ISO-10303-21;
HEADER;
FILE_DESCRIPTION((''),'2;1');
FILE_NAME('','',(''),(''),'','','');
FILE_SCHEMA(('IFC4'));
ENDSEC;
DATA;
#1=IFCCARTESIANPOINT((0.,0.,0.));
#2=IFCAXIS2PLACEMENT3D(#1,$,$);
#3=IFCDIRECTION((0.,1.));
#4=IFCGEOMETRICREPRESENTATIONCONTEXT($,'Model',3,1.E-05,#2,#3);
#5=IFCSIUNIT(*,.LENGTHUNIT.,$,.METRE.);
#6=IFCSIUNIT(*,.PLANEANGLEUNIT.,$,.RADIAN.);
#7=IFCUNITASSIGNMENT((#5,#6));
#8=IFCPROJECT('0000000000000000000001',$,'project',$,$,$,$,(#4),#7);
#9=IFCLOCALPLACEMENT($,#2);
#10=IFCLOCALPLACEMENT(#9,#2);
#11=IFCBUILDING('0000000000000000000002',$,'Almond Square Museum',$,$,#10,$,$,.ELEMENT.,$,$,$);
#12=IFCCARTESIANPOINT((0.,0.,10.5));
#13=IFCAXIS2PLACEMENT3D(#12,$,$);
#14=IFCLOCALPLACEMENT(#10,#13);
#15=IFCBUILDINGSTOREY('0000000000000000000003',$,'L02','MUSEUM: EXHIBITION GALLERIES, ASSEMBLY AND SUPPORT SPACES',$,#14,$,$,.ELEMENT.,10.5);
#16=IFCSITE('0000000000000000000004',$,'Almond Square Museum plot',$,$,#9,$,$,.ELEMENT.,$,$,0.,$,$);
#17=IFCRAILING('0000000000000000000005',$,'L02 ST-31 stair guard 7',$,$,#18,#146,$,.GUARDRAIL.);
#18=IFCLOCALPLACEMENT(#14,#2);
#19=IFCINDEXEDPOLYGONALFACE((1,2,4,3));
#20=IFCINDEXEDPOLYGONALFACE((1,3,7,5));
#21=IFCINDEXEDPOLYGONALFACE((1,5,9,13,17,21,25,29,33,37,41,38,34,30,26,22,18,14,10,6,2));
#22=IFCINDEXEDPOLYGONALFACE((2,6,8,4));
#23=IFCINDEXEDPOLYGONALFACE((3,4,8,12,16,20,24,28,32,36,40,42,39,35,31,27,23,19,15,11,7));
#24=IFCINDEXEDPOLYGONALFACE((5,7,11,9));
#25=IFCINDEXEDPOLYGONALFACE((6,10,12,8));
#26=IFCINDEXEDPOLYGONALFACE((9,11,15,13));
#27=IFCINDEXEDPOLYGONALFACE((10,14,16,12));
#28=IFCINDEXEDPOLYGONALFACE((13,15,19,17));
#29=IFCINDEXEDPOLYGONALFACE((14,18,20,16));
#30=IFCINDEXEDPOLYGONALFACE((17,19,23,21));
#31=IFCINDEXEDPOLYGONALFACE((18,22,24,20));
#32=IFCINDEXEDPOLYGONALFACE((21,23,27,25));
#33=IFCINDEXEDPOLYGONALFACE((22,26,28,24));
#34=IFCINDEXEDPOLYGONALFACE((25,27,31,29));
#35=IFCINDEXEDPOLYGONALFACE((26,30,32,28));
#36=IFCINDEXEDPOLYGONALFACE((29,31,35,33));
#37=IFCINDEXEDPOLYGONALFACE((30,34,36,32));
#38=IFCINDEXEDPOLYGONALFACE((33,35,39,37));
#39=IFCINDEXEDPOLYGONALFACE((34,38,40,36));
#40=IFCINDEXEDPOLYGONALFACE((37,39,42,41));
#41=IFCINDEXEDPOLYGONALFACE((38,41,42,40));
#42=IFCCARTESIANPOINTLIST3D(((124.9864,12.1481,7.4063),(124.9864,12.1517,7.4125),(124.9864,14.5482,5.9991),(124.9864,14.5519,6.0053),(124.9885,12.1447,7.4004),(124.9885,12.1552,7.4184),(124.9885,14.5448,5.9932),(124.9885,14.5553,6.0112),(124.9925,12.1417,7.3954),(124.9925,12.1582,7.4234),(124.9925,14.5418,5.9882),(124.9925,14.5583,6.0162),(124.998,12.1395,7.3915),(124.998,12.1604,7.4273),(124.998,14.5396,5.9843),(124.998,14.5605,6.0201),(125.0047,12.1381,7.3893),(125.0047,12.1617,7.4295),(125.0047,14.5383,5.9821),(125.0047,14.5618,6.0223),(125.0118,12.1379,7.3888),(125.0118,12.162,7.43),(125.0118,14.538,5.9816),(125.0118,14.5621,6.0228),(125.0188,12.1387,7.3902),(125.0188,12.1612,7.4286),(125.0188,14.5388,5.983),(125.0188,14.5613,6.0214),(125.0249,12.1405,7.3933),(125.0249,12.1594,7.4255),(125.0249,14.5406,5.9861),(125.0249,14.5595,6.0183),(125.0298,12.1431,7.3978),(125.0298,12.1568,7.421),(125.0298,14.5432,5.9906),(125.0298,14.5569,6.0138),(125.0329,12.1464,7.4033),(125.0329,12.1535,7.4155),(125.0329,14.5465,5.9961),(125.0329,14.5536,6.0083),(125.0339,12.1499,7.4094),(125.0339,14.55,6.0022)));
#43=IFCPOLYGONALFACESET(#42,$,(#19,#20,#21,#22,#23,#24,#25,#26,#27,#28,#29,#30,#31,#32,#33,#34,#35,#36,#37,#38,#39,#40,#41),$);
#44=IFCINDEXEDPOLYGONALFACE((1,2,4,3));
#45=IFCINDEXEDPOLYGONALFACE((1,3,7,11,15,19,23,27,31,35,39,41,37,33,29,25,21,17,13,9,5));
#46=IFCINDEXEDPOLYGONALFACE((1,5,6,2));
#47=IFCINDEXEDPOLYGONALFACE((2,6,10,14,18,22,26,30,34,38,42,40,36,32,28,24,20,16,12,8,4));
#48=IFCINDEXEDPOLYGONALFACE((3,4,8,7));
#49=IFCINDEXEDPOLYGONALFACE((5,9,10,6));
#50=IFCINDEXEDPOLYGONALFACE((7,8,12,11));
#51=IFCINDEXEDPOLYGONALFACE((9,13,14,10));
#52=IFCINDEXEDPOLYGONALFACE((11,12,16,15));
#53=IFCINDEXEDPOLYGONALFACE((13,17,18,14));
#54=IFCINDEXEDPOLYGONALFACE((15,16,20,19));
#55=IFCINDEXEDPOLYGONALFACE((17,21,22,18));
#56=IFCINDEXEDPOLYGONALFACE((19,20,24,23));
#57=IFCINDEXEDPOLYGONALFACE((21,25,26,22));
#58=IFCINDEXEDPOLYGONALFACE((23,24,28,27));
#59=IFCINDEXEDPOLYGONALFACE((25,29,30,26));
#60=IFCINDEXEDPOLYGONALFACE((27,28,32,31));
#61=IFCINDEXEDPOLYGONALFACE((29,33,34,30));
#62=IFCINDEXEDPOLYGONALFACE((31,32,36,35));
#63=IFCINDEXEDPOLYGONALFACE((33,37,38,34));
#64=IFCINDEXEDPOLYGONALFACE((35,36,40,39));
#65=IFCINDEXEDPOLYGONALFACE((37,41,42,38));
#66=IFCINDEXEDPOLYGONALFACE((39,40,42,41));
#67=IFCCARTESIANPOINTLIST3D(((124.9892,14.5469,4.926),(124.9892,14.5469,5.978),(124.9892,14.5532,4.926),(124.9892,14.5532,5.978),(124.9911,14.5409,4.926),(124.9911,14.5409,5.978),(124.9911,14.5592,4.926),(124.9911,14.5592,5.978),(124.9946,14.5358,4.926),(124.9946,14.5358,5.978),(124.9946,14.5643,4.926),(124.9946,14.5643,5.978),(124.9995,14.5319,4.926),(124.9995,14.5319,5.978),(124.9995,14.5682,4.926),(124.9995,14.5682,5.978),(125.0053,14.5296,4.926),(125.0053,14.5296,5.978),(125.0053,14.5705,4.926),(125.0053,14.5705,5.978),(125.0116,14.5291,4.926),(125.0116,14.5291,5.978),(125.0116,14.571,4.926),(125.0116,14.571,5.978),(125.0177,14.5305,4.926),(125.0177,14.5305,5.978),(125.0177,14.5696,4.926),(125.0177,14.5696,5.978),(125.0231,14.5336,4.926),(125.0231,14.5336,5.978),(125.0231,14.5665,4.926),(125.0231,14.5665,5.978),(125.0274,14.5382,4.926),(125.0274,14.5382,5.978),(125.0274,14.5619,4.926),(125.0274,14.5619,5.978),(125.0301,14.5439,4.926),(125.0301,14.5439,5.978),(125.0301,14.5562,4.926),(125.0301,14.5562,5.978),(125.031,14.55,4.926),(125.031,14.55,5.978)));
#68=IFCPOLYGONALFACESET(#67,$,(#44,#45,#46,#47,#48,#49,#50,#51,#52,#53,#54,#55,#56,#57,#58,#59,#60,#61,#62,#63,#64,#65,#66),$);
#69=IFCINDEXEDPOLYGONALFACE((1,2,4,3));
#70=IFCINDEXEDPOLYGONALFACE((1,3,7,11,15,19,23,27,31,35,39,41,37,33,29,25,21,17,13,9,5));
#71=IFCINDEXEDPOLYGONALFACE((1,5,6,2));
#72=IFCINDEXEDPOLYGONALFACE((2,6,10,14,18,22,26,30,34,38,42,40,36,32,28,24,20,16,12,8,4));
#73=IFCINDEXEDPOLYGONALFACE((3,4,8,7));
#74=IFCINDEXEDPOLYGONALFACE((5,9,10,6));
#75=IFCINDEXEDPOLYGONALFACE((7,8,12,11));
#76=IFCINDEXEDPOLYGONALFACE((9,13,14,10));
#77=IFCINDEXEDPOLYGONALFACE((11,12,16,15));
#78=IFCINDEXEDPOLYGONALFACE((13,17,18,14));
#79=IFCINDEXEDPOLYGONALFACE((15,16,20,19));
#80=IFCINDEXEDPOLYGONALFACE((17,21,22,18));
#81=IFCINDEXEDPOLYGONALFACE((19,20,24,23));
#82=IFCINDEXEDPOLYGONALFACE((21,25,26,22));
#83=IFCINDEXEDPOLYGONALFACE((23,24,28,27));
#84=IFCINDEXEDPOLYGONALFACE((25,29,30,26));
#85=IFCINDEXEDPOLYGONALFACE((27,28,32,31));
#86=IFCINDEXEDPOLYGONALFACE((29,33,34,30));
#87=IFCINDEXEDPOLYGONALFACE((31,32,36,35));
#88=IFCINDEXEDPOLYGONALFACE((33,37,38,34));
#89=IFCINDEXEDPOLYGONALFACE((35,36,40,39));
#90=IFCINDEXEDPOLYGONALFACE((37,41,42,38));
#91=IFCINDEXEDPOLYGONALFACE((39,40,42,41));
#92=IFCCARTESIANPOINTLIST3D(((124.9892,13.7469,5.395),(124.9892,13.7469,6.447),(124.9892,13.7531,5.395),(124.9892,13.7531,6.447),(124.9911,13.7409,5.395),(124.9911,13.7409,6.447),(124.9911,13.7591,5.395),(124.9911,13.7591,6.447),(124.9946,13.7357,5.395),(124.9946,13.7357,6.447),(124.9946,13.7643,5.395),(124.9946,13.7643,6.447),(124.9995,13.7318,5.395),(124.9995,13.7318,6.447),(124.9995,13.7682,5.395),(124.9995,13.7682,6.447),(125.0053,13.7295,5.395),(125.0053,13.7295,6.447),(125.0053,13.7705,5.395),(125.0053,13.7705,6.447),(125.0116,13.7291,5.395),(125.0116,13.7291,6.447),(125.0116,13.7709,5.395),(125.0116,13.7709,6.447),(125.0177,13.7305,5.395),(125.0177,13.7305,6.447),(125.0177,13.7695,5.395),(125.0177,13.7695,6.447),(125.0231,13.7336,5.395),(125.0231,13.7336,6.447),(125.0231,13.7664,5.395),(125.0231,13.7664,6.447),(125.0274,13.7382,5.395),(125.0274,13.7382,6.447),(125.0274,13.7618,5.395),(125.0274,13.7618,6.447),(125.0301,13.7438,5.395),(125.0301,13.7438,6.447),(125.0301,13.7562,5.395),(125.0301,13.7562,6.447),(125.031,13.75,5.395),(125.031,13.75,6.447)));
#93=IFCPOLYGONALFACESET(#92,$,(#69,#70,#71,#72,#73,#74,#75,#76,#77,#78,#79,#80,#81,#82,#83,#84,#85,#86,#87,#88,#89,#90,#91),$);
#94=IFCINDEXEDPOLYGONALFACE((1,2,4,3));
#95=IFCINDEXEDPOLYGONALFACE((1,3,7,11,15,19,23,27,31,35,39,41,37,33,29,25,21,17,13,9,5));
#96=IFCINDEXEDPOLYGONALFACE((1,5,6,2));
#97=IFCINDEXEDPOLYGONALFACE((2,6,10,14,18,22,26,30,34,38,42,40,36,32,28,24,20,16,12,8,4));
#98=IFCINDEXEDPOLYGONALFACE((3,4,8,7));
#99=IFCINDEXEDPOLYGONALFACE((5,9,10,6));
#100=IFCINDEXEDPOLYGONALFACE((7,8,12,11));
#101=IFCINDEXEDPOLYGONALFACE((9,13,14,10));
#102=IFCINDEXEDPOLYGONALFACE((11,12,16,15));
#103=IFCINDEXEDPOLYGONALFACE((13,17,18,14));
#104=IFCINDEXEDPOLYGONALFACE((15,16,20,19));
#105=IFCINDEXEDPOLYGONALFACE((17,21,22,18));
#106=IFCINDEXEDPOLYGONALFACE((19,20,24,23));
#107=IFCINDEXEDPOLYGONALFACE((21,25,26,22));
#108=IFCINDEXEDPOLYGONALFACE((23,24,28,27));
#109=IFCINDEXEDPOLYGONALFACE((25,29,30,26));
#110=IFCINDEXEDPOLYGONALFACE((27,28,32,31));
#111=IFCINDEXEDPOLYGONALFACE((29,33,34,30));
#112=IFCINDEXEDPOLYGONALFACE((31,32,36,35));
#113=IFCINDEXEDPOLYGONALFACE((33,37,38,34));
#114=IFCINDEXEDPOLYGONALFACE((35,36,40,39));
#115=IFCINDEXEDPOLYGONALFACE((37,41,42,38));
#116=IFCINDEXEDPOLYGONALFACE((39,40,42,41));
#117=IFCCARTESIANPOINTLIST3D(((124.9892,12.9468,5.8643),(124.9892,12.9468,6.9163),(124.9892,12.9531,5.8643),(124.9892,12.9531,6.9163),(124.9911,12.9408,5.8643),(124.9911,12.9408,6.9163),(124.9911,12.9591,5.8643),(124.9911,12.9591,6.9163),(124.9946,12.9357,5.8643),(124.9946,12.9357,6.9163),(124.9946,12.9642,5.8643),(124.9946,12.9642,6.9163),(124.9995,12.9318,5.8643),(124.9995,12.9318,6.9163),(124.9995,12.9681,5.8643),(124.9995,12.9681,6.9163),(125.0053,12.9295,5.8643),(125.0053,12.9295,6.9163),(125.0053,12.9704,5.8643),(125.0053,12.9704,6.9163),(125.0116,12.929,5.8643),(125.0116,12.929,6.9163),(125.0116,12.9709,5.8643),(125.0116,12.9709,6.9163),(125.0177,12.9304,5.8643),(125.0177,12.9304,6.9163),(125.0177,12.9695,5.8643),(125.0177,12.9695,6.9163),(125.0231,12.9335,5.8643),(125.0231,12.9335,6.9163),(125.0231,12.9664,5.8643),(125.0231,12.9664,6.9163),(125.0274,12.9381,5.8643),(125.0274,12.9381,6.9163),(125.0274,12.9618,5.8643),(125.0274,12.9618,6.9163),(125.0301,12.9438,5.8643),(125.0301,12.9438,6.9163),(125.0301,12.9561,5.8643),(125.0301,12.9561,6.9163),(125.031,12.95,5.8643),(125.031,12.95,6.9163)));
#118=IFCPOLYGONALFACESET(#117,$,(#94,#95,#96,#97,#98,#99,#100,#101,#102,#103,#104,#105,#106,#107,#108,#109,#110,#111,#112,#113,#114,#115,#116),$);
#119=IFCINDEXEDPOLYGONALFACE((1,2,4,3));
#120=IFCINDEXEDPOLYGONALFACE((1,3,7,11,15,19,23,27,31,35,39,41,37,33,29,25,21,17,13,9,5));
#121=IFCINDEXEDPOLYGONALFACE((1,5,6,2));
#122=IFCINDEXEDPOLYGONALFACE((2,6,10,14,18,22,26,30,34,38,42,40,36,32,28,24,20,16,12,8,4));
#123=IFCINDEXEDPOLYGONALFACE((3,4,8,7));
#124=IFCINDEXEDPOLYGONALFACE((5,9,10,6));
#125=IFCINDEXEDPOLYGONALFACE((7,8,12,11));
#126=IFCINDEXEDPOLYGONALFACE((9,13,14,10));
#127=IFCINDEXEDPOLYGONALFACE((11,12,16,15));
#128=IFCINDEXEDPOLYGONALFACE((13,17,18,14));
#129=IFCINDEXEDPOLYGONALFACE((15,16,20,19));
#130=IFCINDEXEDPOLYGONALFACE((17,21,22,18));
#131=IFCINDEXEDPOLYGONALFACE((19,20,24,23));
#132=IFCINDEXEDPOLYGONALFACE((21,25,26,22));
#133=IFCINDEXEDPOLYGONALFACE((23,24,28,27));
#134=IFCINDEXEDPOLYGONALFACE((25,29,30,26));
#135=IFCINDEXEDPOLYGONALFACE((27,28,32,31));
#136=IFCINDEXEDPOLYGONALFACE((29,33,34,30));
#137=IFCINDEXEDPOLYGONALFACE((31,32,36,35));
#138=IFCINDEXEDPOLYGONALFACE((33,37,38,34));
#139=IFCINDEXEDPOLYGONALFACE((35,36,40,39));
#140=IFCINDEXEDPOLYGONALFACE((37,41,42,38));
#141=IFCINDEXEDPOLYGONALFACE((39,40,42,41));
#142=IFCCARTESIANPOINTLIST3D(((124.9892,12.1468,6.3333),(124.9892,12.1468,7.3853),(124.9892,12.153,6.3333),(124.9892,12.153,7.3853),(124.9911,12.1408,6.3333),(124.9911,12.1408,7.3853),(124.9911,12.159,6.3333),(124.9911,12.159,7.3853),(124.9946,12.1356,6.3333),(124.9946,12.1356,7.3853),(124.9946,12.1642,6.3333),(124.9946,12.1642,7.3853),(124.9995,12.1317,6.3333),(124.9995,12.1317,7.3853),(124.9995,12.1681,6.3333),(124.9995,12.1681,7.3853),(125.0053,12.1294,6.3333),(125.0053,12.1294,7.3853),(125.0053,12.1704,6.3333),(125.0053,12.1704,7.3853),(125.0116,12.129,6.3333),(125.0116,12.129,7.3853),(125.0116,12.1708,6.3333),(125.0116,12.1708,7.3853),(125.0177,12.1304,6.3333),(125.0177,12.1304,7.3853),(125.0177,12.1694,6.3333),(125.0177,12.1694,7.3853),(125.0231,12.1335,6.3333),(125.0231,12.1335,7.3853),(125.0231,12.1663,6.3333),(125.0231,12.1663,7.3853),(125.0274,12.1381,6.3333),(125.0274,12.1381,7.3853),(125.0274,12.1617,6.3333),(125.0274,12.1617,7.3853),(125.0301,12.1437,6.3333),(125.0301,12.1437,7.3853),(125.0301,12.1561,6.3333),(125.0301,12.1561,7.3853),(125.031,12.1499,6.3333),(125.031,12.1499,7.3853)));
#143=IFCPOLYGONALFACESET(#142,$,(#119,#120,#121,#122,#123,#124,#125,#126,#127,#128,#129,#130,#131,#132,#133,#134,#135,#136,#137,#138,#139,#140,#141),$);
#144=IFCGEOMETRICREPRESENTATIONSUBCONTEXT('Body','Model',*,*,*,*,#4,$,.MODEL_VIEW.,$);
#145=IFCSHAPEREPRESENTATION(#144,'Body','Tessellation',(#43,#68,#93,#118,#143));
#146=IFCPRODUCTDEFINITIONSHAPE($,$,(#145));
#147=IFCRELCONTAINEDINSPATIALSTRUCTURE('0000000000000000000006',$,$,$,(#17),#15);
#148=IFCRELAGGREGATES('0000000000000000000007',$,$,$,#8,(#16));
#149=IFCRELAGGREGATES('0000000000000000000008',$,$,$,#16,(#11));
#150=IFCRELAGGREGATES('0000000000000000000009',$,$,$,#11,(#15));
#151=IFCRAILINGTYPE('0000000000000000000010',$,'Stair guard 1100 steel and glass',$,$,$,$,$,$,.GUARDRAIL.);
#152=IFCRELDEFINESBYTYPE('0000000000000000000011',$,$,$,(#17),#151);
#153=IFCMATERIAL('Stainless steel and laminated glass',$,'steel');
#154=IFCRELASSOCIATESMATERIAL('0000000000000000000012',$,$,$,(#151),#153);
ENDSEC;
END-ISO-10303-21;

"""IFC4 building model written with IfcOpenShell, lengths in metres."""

from ifc_helpers import new_model, si_unit, direction, frame, origin, origin_2d, place, context, subcontext, project, spatial, circle, extrude, material, type_object, element, save


model = new_model("IFC4")

# Units and contexts
model_context = context("Model", 3, precision=1e-05, world=origin(), true_north=direction((0.0, 1.0)))
body_context = subcontext(model_context, "Body", "Model", "MODEL_VIEW")
ifc_project = project(units=[si_unit("LENGTHUNIT", "METRE"), si_unit("PLANEANGLEUNIT", "RADIAN")], contexts=[model_context])

# Site, building, storey
site_placement = place(None, origin())
site = spatial("IfcSite", under=ifc_project, at=site_placement, Name="Almond Square Museum plot", CompositionType="ELEMENT", RefElevation=0.0)
building_placement = place(site_placement, origin())
building = spatial("IfcBuilding", under=site, at=building_placement, Name="Almond Square Museum", CompositionType="ELEMENT")
storey_placement = place(building_placement, frame((0.0, 0.0, 10.5)))
storey = spatial("IfcBuildingStorey", under=building, at=storey_placement, Name="L02", Description="MUSEUM: EXHIBITION GALLERIES, ASSEMBLY AND SUPPORT SPACES", CompositionType="ELEMENT", Elevation=10.5)

# Railing
ifc_material_1 = material(Name="Stainless steel and laminated glass", Category="steel")
railing_type_1 = type_object("IfcRailingType", Name="Stair guard 1100 steel and glass", PredefinedType="GUARDRAIL", material=ifc_material_1)
railing_1_placement = place(storey_placement, frame((125.01, 14.55, 4.926)))
element("IfcRailing", 1, at=railing_1_placement, inside=storey, type_object=railing_type_1, Name="L02 ST-31 stair guard 7", PredefinedType="GUARDRAIL", context=body_context, shape_type="SweptSolid", body=[
    extrude(circle(Radius=0.0239, at=origin_2d()), frame((0.0, 0.0, 1.0762), z_axis=(0.0, -0.86266, 0.505785), x_axis=(1.0, 0.0, 0.0)), (0.0, 0.0, 1.0), 2.7822),
    extrude(circle(Radius=0.021, at=origin_2d()), origin(), (0.0, 0.0, 1.0), 1.052),
    extrude(circle(Radius=0.021, at=origin_2d()), frame((0.0, -0.8, 0.469)), (0.0, 0.0, 1.0), 1.052),
    extrude(circle(Radius=0.021, at=origin_2d()), frame((0.0, -1.6001, 0.9382)), (0.0, 0.0, 1.0), 1.052),
    extrude(circle(Radius=0.021, at=origin_2d()), frame((0.0, -2.4001, 1.4072)), (0.0, 0.0, 1.0), 1.052),
])

save(model, "model.ifc")
